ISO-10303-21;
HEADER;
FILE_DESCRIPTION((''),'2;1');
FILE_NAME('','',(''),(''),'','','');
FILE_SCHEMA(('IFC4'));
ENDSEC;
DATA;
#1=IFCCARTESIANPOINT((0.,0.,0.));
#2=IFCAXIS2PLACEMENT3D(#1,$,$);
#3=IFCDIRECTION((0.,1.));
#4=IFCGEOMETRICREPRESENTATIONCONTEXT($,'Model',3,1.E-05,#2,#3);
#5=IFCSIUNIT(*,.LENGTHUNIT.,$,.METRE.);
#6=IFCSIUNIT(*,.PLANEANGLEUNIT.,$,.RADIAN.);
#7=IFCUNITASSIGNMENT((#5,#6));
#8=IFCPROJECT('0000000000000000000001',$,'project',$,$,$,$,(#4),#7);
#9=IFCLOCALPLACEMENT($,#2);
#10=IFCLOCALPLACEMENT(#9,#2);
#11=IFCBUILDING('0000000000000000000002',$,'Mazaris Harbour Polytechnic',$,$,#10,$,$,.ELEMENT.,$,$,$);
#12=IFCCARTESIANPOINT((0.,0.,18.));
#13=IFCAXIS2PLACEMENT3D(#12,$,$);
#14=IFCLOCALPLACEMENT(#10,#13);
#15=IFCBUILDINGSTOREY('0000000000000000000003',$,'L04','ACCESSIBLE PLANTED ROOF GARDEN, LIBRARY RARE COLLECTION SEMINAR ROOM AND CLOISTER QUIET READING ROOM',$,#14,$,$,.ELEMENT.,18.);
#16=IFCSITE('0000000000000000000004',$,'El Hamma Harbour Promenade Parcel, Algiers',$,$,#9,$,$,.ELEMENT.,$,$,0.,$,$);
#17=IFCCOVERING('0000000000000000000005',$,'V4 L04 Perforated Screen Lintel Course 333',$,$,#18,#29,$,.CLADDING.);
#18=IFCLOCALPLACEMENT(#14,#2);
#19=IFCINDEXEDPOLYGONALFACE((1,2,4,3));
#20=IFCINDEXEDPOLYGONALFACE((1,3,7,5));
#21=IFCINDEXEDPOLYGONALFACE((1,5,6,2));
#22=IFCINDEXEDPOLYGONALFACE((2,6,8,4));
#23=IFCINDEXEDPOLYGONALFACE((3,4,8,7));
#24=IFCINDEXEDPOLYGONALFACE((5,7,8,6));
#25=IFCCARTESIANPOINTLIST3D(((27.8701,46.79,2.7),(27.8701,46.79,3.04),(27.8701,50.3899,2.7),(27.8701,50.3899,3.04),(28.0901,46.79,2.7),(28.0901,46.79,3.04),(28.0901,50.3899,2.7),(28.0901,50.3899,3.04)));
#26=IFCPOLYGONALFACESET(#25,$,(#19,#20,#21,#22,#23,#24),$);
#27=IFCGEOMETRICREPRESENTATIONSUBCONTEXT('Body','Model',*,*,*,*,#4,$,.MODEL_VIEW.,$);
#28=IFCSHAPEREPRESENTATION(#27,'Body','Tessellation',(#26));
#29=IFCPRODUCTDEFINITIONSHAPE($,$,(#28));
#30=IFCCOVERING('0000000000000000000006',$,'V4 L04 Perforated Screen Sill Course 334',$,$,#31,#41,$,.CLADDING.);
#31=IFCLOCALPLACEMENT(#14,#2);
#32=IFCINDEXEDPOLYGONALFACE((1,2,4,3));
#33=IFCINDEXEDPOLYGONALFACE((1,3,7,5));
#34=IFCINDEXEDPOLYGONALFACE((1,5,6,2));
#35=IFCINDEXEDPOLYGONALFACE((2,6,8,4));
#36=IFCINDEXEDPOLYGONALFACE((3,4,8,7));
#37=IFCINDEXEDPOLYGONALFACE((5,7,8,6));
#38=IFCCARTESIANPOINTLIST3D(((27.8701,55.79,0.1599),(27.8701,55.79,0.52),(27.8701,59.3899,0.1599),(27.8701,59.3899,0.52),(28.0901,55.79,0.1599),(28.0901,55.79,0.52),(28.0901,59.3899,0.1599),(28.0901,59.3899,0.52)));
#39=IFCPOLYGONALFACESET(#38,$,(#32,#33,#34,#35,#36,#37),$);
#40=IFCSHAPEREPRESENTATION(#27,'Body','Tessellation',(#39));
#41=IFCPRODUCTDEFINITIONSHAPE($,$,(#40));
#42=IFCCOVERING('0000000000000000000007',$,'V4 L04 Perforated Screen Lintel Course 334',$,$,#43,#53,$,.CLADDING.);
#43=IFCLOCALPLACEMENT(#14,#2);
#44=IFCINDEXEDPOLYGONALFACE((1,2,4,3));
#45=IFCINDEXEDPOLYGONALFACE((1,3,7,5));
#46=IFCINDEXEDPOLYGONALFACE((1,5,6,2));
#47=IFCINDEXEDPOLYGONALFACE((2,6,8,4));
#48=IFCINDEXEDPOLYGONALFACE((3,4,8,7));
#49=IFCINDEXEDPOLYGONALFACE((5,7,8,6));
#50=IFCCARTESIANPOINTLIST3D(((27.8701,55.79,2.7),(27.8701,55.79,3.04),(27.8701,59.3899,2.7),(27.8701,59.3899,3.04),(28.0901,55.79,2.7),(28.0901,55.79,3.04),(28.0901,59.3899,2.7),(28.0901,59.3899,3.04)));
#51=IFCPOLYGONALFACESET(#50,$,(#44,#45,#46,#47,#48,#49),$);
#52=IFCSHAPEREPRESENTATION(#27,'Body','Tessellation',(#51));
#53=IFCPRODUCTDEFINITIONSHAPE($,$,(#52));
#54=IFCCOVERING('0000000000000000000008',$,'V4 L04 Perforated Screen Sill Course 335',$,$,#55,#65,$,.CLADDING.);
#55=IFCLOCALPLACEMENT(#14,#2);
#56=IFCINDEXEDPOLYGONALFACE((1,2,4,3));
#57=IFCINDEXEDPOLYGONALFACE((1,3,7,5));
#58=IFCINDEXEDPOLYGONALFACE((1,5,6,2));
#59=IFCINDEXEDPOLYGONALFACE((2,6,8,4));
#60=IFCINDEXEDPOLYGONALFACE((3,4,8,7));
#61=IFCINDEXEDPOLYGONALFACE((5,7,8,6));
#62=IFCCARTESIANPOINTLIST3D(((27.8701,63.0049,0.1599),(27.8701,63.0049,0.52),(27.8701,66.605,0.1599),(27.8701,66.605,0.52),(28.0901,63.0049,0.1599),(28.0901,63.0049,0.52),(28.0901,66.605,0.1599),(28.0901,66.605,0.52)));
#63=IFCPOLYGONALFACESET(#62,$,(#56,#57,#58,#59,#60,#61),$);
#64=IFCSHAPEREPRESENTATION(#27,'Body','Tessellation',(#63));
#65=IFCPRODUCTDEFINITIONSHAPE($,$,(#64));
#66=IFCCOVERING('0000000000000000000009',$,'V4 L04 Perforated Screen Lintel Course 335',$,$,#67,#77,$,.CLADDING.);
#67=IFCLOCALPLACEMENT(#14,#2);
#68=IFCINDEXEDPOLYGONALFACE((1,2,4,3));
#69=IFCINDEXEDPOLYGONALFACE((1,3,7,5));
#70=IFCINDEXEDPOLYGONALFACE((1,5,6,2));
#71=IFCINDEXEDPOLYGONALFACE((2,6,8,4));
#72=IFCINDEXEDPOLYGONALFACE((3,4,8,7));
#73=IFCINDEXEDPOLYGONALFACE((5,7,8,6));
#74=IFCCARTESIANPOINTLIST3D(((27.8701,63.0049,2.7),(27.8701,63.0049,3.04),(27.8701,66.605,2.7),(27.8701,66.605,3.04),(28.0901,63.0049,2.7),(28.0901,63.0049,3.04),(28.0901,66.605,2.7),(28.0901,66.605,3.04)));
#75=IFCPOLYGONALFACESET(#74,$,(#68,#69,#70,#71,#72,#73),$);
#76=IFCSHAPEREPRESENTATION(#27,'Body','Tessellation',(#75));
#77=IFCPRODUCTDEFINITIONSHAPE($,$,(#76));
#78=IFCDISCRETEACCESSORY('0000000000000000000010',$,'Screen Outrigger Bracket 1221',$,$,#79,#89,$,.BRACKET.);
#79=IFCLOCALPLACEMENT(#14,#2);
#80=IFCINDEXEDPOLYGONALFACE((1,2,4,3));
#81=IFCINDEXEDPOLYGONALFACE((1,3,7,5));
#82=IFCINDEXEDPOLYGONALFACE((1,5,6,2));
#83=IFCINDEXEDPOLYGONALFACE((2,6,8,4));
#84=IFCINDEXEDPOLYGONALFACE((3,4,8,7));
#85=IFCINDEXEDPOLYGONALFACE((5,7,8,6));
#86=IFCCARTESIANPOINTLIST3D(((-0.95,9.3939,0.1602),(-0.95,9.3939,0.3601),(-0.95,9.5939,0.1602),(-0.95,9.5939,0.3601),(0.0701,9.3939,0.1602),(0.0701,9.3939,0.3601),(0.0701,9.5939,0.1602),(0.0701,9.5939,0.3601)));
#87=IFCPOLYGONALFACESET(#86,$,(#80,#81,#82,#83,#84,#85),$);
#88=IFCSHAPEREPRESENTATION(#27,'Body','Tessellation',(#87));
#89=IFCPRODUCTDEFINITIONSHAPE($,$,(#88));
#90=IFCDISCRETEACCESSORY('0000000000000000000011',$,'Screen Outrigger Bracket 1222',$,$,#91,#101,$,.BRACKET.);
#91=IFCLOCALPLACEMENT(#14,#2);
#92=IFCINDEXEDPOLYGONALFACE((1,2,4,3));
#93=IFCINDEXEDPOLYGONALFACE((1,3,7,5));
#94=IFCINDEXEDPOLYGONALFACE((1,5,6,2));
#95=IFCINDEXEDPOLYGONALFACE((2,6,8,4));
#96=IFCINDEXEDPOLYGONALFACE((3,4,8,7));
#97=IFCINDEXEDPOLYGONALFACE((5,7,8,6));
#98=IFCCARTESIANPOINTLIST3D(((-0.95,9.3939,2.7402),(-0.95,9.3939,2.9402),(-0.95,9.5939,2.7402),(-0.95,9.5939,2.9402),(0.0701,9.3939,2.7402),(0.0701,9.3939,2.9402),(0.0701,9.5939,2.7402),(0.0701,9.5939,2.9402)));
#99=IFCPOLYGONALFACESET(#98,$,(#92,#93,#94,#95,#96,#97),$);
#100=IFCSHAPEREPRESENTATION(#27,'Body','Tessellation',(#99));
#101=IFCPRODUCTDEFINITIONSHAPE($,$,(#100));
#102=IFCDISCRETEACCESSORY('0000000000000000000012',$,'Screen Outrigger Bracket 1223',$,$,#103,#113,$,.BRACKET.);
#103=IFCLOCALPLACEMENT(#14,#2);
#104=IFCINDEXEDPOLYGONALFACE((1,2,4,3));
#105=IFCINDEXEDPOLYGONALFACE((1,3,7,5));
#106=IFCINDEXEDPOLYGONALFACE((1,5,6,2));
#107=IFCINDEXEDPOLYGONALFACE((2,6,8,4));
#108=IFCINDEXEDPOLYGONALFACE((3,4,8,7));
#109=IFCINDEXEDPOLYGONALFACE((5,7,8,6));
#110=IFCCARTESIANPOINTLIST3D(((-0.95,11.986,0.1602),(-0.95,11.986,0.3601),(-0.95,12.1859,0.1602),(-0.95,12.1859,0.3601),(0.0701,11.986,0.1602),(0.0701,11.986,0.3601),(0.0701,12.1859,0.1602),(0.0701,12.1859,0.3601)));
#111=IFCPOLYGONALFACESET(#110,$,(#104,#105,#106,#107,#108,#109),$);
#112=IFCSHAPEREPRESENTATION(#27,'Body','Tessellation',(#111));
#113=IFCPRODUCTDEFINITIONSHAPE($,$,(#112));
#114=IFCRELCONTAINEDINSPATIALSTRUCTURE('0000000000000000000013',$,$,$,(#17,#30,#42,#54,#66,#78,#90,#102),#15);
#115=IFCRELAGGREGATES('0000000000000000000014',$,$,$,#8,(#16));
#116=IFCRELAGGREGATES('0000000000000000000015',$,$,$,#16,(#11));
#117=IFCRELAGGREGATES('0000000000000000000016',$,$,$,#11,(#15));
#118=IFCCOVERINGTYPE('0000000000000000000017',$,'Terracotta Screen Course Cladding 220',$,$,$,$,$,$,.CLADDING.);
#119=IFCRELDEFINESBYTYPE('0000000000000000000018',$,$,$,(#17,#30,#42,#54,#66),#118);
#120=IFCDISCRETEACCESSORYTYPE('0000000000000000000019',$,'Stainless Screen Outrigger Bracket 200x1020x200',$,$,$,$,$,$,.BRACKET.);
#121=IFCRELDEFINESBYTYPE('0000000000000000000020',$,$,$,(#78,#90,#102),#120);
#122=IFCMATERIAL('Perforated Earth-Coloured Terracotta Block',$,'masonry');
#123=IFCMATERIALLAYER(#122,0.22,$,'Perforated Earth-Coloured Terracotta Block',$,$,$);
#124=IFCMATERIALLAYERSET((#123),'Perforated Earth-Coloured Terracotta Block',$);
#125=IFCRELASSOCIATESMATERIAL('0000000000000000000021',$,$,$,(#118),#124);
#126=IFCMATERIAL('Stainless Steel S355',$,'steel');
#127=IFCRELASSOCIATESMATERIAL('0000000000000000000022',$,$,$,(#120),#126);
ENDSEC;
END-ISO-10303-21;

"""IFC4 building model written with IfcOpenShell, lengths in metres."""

from ifc_helpers import new_model, si_unit, direction, frame, origin, origin_2d, place, context, subcontext, project, spatial, polyline, rectangle, outline, extrude, material, layer, layer_set, type_object, element, save


model = new_model("IFC4")

# Units and contexts
model_context = context("Model", 3, precision=1e-05, world=origin(), true_north=direction((0.0, 1.0)))
body_context = subcontext(model_context, "Body", "Model", "MODEL_VIEW")
ifc_project = project(units=[si_unit("LENGTHUNIT", "METRE"), si_unit("PLANEANGLEUNIT", "RADIAN")], contexts=[model_context])

# Site, building, storey
site_placement = place(None, origin())
site = spatial("IfcSite", under=ifc_project, at=site_placement, Name="El Hamma Harbour Promenade Parcel, Algiers", CompositionType="ELEMENT", RefElevation=0.0)
building_placement = place(site_placement, origin())
building = spatial("IfcBuilding", under=site, at=building_placement, Name="Mazaris Harbour Polytechnic", CompositionType="ELEMENT")
storey_placement = place(building_placement, frame((0.0, 0.0, 18.0)))
storey = spatial("IfcBuildingStorey", under=building, at=storey_placement, Name="L04", Description="ACCESSIBLE PLANTED ROOF GARDEN, LIBRARY RARE COLLECTION SEMINAR ROOM AND CLOISTER QUIET READING ROOM", CompositionType="ELEMENT", Elevation=18.0)

# Coverings
ifc_material_1 = material(Name="Perforated Earth-Coloured Terracotta Block", Category="masonry")
ifc_layer = layer(ifc_material_1, 0.22, Name="Perforated Earth-Coloured Terracotta Block")
ifc_layer_set = layer_set([ifc_layer], Name="Perforated Earth-Coloured Terracotta Block")
covering_type = type_object("IfcCoveringType", Name="Terracotta Screen Course Cladding 220", PredefinedType="CLADDING", material=ifc_layer_set)
covering_1_placement = place(storey_placement, frame((0.0, 0.0, 2.7)))
element("IfcCovering", 1, at=covering_1_placement, inside=storey, type_object=covering_type, Name="V4 L04 Perforated Screen Lintel Course 333", PredefinedType="CLADDING", context=body_context, shape_type="SweptSolid", body=[
    extrude(outline(polyline([(28.0901, 50.3899), (28.0901, 46.79), (27.8701, 46.79), (27.8701, 50.3899), (28.0901, 50.3899)])), origin(), (0.0, 0.0, 1.0), 0.3401),
])
covering_2_placement = place(storey_placement, frame((0.0, 0.0, 0.1599)))
element("IfcCovering", 2, at=covering_2_placement, inside=storey, type_object=covering_type, Name="V4 L04 Perforated Screen Sill Course 334", PredefinedType="CLADDING", context=body_context, shape_type="SweptSolid", body=[
    extrude(outline(polyline([(28.0901, 59.3899), (28.0901, 55.79), (27.8701, 55.79), (27.8701, 59.3899), (28.0901, 59.3899)])), origin(), (0.0, 0.0, 1.0), 0.3601),
])
covering_3_placement = place(storey_placement, frame((0.0, 0.0, 2.7)))
element("IfcCovering", 3, at=covering_3_placement, inside=storey, type_object=covering_type, Name="V4 L04 Perforated Screen Lintel Course 334", PredefinedType="CLADDING", context=body_context, shape_type="SweptSolid", body=[
    extrude(outline(polyline([(28.0901, 59.3899), (28.0901, 55.79), (27.8701, 55.79), (27.8701, 59.3899), (28.0901, 59.3899)])), origin(), (0.0, 0.0, 1.0), 0.3401),
])
covering_4_placement = place(storey_placement, frame((0.0, 0.0, 0.1599)))
element("IfcCovering", 4, at=covering_4_placement, inside=storey, type_object=covering_type, Name="V4 L04 Perforated Screen Sill Course 335", PredefinedType="CLADDING", context=body_context, shape_type="SweptSolid", body=[
    extrude(outline(polyline([(28.0901, 66.605), (28.0901, 63.0049), (27.8701, 63.0049), (27.8701, 66.605), (28.0901, 66.605)])), origin(), (0.0, 0.0, 1.0), 0.3601),
])
covering_5_placement = place(storey_placement, frame((0.0, 0.0, 2.7)))
element("IfcCovering", 5, at=covering_5_placement, inside=storey, type_object=covering_type, Name="V4 L04 Perforated Screen Lintel Course 335", PredefinedType="CLADDING", context=body_context, shape_type="SweptSolid", body=[
    extrude(outline(polyline([(28.0901, 66.605), (28.0901, 63.0049), (27.8701, 63.0049), (27.8701, 66.605), (28.0901, 66.605)])), origin(), (0.0, 0.0, 1.0), 0.3401),
])

# Discrete accessories
ifc_material_2 = material(Name="Stainless Steel S355", Category="steel")
discrete_accessory_type = type_object("IfcDiscreteAccessoryType", Name="Stainless Screen Outrigger Bracket 200x1020x200", PredefinedType="BRACKET", material=ifc_material_2)
for number, where, z_axis, x_axis, name in (
    (6, (-0.4399, 9.4939, 0.1602), (0.0, 0.0, 1.0), (0.0, 1.0, 0.0), "Screen Outrigger Bracket 1221"),
    (7, (-0.4399, 9.4939, 2.7402), (0.0, 0.0, 1.0), (0.0, 1.0, 0.0), "Screen Outrigger Bracket 1222"),
    (8, (-0.4399, 12.0859, 0.1602), (0.0, 0.0, 1.0), (0.0, 1.0, 0.0), "Screen Outrigger Bracket 1223"),
):
    element("IfcDiscreteAccessory", number, at=place(storey_placement, frame(where, z_axis=z_axis, x_axis=x_axis)), inside=storey, type_object=discrete_accessory_type, Name=name, PredefinedType="BRACKET", context=body_context, shape_type="SweptSolid", body=[
        extrude(rectangle(XDim=0.2, YDim=1.02, at=origin_2d()), origin(), (0.0, 0.0, 1.0), 0.2),
    ])

save(model, "model.ifc")
